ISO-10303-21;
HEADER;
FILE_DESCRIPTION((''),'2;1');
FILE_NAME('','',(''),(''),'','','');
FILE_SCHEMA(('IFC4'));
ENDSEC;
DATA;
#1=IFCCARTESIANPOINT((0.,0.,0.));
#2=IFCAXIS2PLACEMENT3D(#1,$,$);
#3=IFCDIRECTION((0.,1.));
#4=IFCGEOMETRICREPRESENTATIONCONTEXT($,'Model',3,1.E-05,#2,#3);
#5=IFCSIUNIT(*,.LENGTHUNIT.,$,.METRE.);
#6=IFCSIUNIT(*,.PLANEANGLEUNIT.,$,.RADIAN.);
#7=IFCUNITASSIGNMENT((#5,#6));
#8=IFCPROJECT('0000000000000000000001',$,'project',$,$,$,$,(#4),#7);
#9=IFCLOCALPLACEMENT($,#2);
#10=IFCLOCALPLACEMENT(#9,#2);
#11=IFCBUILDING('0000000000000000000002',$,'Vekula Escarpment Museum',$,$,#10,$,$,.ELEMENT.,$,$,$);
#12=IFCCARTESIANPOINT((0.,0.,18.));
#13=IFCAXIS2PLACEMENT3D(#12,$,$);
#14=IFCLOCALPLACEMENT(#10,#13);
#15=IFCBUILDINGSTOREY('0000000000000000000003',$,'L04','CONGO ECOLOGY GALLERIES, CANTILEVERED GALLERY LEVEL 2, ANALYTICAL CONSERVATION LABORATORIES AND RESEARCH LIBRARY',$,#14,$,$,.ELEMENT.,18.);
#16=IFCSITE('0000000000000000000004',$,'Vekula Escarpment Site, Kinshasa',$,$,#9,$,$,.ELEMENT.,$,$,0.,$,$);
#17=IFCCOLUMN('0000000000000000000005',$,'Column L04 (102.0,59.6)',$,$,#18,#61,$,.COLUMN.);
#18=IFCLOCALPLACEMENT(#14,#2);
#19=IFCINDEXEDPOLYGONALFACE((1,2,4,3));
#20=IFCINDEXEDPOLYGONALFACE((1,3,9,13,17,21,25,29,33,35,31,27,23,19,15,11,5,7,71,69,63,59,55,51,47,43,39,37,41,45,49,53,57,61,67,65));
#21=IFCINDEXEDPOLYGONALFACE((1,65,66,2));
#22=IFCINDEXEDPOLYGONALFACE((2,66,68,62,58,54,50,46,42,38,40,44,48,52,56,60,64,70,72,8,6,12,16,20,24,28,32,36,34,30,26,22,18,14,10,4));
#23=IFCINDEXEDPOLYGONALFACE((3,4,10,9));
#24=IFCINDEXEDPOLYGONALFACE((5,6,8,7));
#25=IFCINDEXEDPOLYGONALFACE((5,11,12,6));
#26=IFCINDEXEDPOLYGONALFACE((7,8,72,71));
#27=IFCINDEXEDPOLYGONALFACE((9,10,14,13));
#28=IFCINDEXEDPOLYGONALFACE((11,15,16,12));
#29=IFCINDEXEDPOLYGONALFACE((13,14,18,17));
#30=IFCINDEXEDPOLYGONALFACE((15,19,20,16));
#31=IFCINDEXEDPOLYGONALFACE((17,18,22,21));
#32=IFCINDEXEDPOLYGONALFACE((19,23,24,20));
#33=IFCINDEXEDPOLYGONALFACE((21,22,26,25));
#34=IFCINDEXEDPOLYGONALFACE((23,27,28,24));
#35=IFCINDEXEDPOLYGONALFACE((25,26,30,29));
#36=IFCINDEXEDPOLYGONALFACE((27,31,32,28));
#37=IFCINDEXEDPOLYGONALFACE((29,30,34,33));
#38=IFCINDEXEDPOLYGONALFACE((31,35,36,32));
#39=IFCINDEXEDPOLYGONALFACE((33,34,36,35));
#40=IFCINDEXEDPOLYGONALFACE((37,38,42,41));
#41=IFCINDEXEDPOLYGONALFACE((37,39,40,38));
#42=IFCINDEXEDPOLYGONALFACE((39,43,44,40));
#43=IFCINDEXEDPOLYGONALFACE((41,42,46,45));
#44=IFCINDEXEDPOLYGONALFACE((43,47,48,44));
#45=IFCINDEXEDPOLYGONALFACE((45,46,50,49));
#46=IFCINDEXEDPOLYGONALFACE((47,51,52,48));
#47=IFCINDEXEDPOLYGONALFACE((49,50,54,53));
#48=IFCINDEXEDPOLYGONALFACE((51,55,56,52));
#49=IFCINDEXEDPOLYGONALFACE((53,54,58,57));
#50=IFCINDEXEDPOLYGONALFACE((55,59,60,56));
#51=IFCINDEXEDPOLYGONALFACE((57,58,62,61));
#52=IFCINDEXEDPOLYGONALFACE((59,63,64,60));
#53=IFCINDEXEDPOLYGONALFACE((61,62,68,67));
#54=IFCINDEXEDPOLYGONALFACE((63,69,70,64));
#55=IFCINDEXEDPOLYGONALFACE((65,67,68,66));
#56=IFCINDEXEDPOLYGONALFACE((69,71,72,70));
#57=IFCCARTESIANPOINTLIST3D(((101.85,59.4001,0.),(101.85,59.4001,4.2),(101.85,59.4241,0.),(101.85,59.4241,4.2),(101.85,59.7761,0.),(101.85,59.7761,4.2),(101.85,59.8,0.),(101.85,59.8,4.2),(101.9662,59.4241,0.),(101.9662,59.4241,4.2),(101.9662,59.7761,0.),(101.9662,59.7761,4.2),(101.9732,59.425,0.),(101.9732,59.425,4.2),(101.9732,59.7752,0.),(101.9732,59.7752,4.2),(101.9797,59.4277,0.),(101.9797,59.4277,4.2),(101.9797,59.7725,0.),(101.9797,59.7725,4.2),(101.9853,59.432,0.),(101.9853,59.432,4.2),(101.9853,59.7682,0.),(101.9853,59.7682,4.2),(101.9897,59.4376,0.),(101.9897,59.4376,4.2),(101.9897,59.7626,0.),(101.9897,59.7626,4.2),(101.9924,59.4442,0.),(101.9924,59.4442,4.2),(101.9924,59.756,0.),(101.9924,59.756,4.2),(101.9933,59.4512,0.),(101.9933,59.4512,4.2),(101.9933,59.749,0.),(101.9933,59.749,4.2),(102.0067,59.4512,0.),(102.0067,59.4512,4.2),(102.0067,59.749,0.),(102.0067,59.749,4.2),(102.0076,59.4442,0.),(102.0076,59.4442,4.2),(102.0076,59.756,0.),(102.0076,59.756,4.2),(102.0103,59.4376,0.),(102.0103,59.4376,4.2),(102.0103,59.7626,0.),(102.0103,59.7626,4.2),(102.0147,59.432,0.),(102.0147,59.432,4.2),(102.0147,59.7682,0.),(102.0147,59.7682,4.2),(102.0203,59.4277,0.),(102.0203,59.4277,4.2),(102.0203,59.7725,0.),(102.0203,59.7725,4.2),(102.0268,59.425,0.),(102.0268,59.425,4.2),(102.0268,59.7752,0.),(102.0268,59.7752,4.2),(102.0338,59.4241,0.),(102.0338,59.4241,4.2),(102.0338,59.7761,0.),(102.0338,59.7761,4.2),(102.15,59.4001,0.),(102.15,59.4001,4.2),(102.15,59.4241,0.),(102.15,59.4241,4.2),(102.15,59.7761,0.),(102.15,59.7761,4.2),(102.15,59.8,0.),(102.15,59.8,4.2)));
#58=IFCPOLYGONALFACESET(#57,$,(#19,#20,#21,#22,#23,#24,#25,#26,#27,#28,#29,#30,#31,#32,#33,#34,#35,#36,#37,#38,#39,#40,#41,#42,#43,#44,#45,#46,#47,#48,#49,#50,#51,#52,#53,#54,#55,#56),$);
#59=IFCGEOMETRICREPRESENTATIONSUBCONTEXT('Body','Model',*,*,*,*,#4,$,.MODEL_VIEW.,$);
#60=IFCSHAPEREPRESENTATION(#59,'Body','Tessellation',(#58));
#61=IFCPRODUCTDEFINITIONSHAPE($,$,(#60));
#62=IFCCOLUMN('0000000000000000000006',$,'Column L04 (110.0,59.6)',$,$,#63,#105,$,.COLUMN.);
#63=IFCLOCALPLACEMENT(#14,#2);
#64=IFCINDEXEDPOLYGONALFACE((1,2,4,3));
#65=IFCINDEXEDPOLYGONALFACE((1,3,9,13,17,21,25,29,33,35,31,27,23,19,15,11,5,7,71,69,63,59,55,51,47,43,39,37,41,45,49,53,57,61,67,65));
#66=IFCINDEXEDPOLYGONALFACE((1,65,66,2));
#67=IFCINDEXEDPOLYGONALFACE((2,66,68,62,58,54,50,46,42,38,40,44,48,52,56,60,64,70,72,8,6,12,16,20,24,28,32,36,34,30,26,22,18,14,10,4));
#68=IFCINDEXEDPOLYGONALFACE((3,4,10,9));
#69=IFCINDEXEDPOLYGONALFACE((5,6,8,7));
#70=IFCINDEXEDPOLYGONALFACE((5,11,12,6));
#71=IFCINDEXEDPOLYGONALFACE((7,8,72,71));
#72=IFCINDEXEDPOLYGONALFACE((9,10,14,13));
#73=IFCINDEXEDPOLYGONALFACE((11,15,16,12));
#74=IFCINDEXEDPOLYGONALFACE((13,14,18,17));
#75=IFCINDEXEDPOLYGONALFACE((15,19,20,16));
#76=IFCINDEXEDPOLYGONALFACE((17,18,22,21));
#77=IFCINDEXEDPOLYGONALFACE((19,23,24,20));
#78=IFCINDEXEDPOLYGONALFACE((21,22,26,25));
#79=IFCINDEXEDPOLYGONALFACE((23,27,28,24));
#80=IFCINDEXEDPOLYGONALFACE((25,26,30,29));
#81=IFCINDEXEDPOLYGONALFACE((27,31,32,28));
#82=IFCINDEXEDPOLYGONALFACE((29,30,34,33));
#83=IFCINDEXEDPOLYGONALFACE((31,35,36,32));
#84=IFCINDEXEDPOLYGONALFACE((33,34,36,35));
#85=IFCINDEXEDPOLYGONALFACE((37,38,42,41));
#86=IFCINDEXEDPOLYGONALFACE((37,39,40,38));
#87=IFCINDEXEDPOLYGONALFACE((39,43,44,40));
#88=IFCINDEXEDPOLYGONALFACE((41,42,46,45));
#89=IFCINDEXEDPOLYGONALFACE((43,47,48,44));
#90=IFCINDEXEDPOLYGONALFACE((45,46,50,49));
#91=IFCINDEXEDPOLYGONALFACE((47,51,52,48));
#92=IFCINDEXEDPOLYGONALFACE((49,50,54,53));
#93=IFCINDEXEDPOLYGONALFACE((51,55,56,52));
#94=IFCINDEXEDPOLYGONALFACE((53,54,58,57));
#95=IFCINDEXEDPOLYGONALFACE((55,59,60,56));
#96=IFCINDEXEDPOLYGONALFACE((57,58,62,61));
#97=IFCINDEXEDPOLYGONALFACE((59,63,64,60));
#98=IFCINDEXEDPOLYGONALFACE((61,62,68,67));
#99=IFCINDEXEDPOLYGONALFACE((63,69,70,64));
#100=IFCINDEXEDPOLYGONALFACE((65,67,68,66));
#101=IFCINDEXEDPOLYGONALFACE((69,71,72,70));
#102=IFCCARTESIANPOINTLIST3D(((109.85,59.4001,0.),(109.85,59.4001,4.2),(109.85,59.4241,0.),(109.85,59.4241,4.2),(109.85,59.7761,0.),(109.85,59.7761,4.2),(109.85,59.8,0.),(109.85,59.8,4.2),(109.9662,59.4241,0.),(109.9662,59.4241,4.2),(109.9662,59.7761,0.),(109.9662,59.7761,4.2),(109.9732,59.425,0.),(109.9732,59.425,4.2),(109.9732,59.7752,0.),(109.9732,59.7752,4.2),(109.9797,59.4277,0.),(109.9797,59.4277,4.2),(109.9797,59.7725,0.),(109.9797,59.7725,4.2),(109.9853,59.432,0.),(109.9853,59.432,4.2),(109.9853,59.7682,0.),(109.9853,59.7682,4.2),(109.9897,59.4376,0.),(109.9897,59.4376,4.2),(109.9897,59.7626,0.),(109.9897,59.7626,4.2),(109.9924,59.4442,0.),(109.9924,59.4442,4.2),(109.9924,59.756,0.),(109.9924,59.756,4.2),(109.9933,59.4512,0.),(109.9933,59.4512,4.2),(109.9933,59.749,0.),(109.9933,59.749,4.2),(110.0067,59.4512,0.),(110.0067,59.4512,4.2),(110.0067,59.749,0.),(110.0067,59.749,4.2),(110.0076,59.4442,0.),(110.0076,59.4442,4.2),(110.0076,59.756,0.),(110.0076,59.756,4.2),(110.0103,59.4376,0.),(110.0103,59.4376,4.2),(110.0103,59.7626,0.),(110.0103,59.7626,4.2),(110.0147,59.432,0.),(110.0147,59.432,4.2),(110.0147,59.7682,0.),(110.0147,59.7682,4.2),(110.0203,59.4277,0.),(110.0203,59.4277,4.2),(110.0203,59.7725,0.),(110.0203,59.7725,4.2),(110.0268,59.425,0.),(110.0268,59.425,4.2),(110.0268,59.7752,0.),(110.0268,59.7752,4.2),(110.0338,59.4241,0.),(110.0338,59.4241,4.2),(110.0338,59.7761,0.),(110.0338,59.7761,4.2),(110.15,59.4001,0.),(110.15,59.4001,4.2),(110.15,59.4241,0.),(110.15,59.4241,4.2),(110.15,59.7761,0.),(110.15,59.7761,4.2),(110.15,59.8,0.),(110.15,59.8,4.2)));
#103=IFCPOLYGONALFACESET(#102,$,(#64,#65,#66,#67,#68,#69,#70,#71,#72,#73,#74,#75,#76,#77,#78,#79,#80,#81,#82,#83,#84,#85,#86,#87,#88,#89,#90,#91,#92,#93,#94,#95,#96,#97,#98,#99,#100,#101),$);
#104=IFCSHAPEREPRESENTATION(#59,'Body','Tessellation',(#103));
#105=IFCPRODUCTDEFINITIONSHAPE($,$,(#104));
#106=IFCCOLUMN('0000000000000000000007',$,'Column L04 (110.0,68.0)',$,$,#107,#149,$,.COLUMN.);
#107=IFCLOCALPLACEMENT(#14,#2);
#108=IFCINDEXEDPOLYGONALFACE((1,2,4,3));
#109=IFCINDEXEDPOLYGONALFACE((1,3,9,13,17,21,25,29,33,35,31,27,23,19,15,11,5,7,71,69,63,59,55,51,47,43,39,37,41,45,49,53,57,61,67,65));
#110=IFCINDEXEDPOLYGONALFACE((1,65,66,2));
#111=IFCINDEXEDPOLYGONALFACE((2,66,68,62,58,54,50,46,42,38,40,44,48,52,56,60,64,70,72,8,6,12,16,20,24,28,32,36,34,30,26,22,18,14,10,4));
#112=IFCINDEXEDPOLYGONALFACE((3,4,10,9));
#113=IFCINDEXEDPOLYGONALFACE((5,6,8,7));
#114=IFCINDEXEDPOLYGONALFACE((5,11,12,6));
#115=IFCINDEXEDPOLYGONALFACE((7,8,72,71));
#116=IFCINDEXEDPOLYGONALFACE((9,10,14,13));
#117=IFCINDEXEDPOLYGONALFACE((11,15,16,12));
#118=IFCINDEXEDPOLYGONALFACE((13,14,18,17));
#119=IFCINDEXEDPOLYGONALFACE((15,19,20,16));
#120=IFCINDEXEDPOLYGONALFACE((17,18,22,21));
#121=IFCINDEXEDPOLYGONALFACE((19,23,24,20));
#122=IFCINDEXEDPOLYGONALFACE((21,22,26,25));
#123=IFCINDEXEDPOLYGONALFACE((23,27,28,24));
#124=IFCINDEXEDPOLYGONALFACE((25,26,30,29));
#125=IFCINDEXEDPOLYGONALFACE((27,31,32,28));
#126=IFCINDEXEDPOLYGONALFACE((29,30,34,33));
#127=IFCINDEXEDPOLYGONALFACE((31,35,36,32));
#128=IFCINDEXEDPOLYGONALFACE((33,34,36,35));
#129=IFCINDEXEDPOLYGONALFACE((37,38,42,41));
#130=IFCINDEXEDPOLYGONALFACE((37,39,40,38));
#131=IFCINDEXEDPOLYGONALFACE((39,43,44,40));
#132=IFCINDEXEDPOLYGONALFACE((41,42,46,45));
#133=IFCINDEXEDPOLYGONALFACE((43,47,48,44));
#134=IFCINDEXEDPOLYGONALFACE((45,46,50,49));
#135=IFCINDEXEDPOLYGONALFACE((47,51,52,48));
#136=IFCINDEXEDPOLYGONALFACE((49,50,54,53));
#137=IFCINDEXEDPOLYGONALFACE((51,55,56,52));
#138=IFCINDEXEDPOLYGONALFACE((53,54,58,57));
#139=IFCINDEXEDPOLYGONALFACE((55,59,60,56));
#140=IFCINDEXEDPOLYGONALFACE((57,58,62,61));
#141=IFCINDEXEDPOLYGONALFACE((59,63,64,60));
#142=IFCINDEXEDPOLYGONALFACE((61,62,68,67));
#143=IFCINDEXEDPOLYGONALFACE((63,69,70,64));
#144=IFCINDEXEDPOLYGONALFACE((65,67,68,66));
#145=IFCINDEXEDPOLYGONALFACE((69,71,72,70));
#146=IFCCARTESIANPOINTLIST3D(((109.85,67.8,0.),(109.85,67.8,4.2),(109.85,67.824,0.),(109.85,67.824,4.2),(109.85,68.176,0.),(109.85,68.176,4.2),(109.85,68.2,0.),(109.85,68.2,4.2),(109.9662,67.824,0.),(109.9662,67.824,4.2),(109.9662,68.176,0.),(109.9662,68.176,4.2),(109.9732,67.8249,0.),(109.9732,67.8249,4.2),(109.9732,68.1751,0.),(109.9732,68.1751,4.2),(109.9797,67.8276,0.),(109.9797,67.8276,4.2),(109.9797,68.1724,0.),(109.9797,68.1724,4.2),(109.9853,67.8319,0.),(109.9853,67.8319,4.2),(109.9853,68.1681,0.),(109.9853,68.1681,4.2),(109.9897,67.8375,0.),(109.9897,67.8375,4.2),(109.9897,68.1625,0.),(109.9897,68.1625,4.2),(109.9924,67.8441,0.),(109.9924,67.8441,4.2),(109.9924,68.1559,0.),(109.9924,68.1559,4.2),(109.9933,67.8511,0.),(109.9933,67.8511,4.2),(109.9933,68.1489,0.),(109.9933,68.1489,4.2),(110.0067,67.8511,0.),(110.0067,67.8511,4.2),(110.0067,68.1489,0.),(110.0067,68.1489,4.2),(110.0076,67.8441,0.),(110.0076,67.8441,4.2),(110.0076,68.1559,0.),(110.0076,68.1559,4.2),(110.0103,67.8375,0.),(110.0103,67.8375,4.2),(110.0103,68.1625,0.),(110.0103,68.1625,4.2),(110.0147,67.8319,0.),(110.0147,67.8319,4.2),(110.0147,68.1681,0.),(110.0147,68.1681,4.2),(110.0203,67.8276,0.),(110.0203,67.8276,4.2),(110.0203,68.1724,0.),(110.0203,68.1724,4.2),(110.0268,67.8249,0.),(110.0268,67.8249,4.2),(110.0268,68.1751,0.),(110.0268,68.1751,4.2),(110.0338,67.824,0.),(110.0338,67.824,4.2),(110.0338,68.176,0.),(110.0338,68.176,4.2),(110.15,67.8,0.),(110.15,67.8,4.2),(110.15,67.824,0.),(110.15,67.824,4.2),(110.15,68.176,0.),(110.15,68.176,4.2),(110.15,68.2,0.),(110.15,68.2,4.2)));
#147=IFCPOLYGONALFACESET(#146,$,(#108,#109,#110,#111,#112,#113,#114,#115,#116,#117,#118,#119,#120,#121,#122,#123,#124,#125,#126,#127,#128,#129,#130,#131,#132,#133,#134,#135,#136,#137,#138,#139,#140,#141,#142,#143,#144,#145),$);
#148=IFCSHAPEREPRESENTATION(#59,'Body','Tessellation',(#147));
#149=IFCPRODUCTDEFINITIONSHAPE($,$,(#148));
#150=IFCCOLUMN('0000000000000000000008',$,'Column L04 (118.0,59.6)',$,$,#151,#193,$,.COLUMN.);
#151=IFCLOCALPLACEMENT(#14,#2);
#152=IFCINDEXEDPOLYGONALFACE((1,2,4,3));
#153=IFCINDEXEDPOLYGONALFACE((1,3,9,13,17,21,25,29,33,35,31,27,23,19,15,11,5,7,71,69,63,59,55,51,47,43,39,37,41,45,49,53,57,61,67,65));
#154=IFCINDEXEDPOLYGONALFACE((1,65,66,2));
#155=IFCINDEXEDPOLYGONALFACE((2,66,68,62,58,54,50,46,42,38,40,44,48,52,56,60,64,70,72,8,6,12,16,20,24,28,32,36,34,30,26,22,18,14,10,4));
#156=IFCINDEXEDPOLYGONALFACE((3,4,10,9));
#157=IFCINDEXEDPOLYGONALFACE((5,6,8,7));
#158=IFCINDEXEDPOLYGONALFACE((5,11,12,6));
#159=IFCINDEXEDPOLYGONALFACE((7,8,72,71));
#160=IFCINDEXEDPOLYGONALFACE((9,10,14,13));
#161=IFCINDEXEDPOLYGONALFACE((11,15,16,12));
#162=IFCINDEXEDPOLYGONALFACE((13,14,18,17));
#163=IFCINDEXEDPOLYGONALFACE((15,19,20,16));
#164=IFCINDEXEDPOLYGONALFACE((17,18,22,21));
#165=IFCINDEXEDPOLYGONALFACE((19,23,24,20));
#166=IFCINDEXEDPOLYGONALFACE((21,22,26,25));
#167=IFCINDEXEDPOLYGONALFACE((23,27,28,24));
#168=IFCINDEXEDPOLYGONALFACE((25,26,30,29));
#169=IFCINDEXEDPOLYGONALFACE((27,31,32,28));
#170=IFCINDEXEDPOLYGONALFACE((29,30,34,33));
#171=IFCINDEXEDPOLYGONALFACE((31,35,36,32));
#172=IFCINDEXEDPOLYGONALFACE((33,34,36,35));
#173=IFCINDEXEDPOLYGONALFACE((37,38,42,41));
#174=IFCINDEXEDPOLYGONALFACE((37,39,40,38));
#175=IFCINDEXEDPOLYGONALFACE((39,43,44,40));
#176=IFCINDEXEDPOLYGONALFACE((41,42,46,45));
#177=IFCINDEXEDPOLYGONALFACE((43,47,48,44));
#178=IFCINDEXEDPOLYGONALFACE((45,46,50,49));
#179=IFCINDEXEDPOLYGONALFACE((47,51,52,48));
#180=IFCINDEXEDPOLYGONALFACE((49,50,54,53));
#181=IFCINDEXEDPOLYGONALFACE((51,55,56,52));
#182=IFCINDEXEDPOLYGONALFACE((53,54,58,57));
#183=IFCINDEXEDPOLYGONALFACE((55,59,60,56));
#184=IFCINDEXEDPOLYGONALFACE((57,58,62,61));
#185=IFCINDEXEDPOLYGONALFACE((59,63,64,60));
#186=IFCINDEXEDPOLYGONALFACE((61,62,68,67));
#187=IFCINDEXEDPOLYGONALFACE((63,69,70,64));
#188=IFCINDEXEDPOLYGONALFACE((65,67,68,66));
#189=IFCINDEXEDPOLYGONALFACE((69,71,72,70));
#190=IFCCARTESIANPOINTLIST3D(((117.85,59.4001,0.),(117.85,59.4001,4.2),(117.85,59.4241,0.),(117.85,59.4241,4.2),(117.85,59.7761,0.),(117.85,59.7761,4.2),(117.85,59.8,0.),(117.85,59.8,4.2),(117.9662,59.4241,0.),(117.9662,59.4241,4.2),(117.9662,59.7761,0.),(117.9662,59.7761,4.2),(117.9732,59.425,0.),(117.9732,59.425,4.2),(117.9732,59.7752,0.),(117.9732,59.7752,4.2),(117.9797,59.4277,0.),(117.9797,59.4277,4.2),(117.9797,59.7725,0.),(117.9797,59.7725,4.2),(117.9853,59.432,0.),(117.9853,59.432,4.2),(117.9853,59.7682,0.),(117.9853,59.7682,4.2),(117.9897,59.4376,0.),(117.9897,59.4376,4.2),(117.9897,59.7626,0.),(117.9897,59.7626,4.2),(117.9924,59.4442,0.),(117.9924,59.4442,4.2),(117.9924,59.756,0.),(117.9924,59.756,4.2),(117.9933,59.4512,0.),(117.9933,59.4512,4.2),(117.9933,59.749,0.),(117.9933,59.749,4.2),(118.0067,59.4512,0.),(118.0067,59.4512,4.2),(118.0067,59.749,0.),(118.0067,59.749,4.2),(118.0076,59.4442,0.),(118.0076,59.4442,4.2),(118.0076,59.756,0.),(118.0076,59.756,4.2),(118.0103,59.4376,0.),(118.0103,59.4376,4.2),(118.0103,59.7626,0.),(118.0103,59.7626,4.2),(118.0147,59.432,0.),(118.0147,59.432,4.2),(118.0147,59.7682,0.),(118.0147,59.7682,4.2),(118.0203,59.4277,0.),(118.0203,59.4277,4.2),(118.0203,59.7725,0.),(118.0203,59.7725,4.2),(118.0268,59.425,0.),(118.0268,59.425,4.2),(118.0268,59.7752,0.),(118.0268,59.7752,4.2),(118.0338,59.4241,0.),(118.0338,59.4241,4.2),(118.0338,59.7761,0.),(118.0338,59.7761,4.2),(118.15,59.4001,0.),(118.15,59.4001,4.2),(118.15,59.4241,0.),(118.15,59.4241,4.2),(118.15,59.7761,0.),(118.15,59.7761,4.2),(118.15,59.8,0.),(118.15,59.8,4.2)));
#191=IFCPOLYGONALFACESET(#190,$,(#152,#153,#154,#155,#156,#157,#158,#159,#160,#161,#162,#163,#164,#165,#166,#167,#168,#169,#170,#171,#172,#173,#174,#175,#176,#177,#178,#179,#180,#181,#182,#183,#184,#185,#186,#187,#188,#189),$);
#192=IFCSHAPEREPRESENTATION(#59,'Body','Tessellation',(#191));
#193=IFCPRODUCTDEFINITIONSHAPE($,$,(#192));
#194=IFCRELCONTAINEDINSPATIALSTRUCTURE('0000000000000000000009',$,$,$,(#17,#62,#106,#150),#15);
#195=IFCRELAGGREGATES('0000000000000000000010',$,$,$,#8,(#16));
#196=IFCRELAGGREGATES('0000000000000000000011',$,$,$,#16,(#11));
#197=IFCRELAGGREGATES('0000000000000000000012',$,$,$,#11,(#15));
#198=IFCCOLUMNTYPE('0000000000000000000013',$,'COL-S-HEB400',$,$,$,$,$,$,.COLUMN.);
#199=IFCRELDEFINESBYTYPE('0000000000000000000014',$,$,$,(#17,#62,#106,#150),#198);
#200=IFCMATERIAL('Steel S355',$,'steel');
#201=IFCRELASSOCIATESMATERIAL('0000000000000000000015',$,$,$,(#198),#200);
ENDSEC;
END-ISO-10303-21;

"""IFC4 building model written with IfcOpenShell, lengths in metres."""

from ifc_helpers import new_model, si_unit, direction, frame, origin, origin_2d, place, context, subcontext, project, spatial, i_section, extrude, material, material_profile, profile_set, type_object, element, save


model = new_model("IFC4")

# Units and contexts
model_context = context("Model", 3, precision=1e-05, world=origin(), true_north=direction((0.0, 1.0)))
body_context = subcontext(model_context, "Body", "Model", "MODEL_VIEW")
ifc_project = project(units=[si_unit("LENGTHUNIT", "METRE"), si_unit("PLANEANGLEUNIT", "RADIAN")], contexts=[model_context])

# Site, building, storey
site_placement = place(None, origin())
site = spatial("IfcSite", under=ifc_project, at=site_placement, Name="Vekula Escarpment Site, Kinshasa", CompositionType="ELEMENT", RefElevation=0.0)
building_placement = place(site_placement, origin())
building = spatial("IfcBuilding", under=site, at=building_placement, Name="Vekula Escarpment Museum", CompositionType="ELEMENT")
storey_placement = place(building_placement, frame((0.0, 0.0, 18.0)))
storey = spatial("IfcBuildingStorey", under=building, at=storey_placement, Name="L04", Description="CONGO ECOLOGY GALLERIES, CANTILEVERED GALLERY LEVEL 2, ANALYTICAL CONSERVATION LABORATORIES AND RESEARCH LIBRARY", CompositionType="ELEMENT", Elevation=18.0)

# Columns
ifc_material_1 = material(Name="Steel S355", Category="steel")
ifc_material_profile_1 = material_profile(ifc_material_1, i_section(OverallWidth=0.3, OverallDepth=0.3999, WebThickness=0.0134, FlangeThickness=0.0239, FilletRadius=0.0271, at=origin_2d()), Name="HEB 400")
ifc_profile_set_1 = profile_set([ifc_material_profile_1], Name="Steel S355")
column_type = type_object("IfcColumnType", Name="COL-S-HEB400", PredefinedType="COLUMN", material=ifc_profile_set_1)
for number, where, z_axis, x_axis, name in (
    (1, (102.0, 59.6001, 0.0), (0.0, 0.0, 1.0), (1.0, 0.0, 0.0), "Column L04 (102.0,59.6)"),
    (2, (110.0, 59.6001, 0.0), (0.0, 0.0, 1.0), (1.0, 0.0, 0.0), "Column L04 (110.0,59.6)"),
    (3, (110.0, 68.0, 0.0), (0.0, 0.0, 1.0), (1.0, 0.0, 0.0), "Column L04 (110.0,68.0)"),
    (4, (118.0, 59.6001, 0.0), (0.0, 0.0, 1.0), (1.0, 0.0, 0.0), "Column L04 (118.0,59.6)"),
):
    element("IfcColumn", number, at=place(storey_placement, frame(where, z_axis=z_axis, x_axis=x_axis)), inside=storey, type_object=column_type, Name=name, PredefinedType="COLUMN", context=body_context, shape_type="SweptSolid", body=[
        extrude(i_section(OverallWidth=0.3, OverallDepth=0.3999, WebThickness=0.0134, FlangeThickness=0.0239, FilletRadius=0.0271, at=origin_2d()), origin(), (0.0, 0.0, 1.0), 4.2),
    ])

save(model, "model.ifc")
